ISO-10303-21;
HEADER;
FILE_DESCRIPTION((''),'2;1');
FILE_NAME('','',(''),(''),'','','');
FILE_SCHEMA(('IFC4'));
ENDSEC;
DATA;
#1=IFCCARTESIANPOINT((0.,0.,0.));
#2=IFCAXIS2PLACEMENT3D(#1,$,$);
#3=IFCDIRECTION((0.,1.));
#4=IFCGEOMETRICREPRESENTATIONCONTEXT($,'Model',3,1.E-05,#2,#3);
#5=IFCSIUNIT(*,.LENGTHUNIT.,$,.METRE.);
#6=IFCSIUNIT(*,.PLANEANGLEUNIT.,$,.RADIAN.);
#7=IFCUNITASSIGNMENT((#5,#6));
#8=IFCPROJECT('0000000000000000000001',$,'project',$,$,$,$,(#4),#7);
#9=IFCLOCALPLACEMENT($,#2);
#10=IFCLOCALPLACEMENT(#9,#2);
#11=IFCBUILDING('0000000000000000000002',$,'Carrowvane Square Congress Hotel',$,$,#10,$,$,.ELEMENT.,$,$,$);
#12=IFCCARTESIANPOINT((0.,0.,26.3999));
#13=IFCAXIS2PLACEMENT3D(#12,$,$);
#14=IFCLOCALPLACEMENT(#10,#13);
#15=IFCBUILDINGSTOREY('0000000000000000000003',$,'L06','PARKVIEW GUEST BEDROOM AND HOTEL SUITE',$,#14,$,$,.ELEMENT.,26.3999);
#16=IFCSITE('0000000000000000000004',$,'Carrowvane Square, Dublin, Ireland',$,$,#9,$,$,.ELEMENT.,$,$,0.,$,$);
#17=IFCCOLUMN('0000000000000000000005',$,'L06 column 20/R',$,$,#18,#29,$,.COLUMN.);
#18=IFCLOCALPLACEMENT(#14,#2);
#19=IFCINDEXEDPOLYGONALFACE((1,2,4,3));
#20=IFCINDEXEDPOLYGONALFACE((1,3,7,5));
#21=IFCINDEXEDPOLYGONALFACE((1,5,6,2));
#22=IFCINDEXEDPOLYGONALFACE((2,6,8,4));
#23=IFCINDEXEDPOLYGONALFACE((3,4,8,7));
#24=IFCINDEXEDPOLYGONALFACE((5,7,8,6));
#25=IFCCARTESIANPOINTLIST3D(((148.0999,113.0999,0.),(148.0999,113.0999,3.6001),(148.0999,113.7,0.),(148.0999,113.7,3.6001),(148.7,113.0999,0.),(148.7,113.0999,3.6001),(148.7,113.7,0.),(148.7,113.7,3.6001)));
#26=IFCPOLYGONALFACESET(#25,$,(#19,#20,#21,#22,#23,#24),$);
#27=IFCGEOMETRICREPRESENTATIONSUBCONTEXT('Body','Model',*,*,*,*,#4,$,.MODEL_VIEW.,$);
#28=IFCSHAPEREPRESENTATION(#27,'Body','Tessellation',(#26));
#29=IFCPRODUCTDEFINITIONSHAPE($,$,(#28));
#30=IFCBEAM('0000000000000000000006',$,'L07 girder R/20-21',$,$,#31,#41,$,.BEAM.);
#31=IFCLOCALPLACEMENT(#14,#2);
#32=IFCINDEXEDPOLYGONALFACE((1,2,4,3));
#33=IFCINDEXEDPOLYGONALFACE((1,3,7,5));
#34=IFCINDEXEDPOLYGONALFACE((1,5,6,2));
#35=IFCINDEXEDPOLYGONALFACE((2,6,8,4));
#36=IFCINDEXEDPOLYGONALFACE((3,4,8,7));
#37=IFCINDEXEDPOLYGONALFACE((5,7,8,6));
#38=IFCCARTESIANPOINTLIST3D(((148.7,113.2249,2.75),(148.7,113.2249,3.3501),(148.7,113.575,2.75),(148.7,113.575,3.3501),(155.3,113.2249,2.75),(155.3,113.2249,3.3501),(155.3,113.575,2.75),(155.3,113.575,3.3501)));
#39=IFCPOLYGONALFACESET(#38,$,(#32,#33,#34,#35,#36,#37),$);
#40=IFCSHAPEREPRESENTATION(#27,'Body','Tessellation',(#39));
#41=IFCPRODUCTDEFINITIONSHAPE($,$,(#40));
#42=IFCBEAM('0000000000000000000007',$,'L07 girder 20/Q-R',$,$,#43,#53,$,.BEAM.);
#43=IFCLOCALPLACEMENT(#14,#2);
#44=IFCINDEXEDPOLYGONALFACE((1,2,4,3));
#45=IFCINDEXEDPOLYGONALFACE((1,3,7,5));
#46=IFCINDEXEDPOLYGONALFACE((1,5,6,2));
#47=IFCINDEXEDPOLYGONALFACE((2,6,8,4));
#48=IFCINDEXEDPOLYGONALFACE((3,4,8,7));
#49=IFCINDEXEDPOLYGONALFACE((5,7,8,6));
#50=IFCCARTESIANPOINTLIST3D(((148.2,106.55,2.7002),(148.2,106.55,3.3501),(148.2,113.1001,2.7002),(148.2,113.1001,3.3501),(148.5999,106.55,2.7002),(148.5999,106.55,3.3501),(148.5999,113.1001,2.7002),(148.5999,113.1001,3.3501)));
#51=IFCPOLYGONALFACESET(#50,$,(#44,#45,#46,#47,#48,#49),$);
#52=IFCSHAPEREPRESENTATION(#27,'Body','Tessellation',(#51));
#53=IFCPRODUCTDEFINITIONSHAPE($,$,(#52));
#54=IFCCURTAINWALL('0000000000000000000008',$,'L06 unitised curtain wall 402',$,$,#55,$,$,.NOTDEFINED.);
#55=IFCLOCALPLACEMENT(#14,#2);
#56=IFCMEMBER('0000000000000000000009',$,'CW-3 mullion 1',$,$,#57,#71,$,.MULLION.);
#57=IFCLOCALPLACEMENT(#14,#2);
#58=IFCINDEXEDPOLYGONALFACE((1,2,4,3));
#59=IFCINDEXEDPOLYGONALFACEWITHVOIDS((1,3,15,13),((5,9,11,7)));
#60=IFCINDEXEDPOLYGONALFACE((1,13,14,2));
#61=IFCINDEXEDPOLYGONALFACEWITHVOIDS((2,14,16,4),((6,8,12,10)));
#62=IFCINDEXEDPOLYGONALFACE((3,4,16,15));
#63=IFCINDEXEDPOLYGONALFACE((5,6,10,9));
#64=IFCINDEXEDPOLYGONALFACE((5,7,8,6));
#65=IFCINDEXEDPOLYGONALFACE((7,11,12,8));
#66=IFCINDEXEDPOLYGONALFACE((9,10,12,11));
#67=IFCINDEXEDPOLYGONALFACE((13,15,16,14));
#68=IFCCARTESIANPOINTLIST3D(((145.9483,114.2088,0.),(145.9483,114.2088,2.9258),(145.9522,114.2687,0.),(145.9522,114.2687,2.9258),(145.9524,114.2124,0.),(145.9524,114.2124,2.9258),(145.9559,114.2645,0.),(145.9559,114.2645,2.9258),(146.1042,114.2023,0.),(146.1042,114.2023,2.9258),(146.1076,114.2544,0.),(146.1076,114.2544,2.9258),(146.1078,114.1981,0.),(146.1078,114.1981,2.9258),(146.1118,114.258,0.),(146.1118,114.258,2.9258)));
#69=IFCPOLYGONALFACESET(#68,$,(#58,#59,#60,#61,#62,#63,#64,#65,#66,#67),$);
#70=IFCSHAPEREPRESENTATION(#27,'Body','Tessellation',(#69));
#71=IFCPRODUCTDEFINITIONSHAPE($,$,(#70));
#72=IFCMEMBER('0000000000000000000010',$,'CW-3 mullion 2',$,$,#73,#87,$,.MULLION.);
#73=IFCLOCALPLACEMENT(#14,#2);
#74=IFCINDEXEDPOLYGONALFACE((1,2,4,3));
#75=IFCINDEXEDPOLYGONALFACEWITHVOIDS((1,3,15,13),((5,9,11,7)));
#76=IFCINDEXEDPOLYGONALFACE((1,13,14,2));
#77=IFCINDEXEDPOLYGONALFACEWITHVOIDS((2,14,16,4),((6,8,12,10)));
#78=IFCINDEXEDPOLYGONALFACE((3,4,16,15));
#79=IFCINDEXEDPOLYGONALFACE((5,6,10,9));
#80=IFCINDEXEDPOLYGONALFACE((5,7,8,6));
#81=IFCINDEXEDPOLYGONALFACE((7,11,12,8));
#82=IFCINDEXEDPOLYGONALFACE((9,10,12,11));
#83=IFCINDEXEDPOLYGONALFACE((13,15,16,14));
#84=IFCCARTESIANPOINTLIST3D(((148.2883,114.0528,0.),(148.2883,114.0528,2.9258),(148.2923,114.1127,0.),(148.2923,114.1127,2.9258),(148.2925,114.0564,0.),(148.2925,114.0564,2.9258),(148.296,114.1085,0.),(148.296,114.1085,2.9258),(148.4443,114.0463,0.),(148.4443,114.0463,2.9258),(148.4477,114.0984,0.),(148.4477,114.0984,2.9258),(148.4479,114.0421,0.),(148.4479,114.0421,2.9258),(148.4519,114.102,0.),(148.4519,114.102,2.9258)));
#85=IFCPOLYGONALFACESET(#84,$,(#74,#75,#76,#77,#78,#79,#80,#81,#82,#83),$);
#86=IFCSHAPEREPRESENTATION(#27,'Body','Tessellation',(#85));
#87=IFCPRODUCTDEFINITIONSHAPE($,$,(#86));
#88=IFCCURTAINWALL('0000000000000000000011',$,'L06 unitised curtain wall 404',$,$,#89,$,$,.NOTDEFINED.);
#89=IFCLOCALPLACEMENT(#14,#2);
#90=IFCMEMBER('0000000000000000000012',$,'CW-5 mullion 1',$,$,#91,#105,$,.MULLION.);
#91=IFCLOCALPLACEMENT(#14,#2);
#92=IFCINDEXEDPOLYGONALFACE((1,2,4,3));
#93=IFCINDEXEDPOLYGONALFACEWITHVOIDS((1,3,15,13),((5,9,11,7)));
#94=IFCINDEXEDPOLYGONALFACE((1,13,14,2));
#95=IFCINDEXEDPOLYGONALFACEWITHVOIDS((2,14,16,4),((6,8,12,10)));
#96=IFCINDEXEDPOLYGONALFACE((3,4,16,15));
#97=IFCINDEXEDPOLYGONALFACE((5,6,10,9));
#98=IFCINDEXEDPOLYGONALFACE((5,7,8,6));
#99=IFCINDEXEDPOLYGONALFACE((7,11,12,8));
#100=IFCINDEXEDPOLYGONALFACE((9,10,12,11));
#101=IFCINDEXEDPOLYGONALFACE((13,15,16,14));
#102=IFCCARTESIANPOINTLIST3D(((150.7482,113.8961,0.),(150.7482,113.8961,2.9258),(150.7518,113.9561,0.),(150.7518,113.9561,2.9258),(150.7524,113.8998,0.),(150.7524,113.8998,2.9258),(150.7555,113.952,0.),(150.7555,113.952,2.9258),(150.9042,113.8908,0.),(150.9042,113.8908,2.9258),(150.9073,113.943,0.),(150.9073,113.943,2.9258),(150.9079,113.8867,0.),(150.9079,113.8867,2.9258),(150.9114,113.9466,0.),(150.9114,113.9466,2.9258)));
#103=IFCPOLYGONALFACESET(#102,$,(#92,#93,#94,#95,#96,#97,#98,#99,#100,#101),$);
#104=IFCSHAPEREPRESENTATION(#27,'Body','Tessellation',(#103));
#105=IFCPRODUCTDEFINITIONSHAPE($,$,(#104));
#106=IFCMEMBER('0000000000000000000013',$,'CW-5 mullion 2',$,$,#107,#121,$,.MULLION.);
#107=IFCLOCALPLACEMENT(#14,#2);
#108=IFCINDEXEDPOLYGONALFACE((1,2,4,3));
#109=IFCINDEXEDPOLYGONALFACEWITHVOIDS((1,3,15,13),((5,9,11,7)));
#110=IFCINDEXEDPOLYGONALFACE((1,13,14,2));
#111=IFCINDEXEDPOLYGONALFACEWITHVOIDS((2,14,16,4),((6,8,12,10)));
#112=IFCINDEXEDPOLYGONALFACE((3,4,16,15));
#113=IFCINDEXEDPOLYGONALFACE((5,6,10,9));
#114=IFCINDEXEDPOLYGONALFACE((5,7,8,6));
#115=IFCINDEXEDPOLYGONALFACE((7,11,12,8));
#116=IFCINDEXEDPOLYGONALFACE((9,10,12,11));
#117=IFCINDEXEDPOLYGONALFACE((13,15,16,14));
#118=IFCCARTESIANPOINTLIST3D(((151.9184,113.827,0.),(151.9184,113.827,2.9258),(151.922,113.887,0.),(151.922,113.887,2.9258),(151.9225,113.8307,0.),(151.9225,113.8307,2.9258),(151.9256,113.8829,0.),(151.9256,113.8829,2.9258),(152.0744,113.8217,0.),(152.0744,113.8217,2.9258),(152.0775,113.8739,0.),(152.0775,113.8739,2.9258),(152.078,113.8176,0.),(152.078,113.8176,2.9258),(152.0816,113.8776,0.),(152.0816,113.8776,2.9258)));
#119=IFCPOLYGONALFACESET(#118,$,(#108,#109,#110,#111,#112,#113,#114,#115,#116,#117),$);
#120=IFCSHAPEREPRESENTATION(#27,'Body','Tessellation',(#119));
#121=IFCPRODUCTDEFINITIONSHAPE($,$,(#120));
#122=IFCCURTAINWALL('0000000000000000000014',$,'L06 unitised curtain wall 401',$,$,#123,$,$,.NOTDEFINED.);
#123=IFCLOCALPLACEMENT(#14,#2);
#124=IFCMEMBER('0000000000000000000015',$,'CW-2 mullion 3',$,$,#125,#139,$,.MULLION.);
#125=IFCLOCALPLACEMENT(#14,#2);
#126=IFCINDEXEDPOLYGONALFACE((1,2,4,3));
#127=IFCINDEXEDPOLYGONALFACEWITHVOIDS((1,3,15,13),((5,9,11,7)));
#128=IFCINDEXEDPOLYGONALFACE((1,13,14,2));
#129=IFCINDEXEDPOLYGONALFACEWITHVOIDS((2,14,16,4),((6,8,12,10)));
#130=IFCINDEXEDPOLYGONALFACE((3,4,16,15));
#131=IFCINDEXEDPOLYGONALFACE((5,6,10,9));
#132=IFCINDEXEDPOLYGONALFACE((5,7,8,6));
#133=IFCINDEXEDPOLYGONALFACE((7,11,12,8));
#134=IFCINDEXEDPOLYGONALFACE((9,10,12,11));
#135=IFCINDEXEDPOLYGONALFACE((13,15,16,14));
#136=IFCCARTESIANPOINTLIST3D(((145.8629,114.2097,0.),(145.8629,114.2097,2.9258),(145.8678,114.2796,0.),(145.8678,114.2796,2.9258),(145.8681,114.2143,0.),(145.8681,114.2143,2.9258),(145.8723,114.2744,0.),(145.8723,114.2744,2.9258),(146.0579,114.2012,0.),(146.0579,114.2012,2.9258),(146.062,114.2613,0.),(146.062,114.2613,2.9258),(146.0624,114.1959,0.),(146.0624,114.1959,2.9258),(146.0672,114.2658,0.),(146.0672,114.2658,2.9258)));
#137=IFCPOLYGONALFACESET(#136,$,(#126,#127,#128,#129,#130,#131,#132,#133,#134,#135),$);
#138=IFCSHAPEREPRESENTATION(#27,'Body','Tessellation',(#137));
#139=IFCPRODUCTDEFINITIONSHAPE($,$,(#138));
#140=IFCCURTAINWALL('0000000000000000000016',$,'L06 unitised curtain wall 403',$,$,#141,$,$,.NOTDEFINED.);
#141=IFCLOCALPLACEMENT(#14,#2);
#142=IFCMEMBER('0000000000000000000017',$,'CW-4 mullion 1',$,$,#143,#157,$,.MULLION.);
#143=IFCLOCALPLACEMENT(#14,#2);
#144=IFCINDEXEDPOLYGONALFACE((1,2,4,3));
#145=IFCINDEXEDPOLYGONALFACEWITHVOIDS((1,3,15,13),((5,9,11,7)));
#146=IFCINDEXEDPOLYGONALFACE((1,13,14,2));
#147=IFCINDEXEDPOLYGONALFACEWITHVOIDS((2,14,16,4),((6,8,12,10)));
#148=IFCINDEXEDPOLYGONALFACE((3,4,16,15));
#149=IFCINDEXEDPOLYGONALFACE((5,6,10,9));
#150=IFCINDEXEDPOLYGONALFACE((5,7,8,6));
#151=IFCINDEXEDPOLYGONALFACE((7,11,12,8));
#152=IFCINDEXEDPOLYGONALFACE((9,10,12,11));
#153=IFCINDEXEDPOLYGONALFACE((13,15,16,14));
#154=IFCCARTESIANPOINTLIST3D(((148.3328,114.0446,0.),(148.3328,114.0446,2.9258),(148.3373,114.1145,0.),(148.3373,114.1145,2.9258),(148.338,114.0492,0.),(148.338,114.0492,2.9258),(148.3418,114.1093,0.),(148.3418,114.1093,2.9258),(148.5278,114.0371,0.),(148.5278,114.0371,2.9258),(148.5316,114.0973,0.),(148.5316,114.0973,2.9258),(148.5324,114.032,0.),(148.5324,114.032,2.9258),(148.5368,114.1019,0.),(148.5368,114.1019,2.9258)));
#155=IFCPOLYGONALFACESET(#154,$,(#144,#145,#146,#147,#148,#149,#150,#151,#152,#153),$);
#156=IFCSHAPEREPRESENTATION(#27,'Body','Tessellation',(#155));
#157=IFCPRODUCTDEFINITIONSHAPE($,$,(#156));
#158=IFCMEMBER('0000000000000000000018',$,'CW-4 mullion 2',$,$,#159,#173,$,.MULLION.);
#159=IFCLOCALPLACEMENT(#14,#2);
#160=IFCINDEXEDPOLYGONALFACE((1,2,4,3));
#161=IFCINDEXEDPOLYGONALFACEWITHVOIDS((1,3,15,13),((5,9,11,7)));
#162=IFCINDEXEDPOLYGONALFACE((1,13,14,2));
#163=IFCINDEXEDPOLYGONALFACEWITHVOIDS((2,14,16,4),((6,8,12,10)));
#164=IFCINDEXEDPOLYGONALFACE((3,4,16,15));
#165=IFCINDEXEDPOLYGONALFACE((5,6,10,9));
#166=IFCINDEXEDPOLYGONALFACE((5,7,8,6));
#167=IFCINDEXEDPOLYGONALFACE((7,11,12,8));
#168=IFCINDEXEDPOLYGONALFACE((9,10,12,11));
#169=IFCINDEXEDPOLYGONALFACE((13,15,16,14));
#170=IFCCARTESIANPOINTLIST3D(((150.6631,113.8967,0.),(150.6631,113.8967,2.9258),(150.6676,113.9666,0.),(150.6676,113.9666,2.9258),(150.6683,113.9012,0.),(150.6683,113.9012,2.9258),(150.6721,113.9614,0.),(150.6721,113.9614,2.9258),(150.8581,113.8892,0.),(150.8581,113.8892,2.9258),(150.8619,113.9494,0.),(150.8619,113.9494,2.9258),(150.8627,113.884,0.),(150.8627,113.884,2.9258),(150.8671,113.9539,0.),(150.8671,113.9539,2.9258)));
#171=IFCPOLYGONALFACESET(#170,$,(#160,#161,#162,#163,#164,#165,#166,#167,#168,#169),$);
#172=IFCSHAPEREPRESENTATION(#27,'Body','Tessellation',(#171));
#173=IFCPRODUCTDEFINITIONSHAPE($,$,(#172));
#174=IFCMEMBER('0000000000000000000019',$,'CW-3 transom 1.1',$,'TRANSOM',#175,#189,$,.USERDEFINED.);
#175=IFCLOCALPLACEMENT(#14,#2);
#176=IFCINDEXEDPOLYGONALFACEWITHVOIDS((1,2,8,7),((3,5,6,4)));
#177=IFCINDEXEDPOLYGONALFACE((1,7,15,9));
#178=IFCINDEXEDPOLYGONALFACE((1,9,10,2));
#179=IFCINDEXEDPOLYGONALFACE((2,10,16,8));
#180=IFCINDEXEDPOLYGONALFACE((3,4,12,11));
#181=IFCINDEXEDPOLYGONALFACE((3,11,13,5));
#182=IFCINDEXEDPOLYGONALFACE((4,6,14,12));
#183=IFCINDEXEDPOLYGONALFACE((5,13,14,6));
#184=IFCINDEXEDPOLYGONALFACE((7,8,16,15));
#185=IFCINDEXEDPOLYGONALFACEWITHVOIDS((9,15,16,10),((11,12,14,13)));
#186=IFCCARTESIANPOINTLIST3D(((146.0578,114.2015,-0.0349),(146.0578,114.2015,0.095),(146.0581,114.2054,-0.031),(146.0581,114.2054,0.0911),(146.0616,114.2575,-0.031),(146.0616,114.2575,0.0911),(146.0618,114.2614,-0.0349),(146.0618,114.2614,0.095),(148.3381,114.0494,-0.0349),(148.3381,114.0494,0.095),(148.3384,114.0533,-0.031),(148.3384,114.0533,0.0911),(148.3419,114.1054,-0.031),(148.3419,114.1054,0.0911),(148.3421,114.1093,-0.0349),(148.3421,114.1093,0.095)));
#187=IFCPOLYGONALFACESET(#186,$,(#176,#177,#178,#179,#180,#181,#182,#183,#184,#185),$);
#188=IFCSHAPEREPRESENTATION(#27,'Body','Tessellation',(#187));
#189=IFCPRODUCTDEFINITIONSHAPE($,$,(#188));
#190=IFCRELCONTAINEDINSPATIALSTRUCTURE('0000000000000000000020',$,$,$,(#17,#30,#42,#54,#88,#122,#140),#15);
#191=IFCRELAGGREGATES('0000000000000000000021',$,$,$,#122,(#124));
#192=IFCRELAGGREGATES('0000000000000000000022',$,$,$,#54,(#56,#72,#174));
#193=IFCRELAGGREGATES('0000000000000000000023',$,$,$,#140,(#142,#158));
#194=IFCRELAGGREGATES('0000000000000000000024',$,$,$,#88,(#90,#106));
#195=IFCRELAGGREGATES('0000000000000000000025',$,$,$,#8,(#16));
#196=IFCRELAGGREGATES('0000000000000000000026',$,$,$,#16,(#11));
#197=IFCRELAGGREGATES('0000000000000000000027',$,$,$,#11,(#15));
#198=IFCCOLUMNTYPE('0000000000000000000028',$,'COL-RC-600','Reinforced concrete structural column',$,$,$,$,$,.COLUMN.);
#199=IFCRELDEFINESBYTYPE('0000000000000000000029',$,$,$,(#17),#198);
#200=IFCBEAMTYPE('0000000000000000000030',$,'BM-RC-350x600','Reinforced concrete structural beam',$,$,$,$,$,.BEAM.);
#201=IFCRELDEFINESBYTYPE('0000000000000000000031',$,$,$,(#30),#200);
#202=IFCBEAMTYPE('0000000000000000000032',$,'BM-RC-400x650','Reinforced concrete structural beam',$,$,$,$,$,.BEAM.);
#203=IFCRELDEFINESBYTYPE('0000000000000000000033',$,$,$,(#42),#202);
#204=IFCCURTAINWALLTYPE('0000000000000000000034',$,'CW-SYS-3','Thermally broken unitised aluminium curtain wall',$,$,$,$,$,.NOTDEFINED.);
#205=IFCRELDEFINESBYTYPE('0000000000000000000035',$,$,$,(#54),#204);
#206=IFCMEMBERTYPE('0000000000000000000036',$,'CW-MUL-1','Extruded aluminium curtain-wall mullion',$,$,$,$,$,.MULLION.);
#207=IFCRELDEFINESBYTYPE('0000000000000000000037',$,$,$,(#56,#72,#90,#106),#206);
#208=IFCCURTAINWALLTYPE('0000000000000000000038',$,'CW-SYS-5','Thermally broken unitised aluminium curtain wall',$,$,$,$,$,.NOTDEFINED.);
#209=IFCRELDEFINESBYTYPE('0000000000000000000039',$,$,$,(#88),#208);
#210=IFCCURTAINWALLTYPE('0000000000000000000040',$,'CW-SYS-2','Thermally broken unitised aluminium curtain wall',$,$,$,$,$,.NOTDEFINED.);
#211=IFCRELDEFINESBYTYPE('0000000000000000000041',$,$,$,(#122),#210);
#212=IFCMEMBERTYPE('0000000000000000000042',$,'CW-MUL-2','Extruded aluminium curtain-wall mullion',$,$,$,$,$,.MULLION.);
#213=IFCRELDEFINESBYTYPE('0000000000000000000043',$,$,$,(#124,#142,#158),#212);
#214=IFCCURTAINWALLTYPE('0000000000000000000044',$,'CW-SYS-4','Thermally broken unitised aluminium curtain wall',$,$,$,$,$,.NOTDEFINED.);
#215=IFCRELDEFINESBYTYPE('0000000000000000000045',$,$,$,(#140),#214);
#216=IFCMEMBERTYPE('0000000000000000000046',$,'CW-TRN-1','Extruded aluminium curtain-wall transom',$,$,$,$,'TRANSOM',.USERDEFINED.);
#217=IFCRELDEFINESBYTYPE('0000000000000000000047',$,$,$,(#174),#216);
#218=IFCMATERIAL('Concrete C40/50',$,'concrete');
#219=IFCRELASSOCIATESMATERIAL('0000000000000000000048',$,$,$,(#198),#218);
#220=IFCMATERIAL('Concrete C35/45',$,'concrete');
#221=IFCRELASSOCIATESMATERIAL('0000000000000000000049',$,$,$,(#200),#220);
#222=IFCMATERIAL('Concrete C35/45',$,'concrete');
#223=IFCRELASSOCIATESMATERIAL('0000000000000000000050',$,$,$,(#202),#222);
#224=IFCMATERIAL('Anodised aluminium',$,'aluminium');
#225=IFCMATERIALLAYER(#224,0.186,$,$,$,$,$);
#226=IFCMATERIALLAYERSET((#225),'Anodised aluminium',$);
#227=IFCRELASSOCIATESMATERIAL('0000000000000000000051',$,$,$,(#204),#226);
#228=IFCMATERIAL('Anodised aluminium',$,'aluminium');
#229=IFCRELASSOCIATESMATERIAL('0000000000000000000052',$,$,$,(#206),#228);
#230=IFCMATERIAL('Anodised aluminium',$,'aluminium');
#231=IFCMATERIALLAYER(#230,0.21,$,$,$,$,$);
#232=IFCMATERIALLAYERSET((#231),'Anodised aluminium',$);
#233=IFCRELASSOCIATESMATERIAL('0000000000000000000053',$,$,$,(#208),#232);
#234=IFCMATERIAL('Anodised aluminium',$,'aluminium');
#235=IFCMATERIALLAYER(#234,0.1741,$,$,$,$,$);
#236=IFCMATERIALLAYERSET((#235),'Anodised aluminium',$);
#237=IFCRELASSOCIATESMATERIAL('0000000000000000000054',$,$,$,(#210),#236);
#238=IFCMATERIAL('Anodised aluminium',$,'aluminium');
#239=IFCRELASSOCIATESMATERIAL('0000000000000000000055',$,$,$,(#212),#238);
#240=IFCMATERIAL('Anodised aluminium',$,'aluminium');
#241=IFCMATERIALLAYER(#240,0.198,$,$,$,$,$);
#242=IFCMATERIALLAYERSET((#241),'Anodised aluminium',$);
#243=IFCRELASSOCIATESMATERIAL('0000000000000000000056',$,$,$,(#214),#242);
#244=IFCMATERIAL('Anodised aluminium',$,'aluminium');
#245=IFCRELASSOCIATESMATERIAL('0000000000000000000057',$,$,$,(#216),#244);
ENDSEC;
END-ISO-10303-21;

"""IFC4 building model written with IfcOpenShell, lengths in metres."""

from ifc_helpers import new_model, si_unit, direction, frame, origin, origin_2d, place, context, subcontext, project, spatial, rectangle, hollow_rectangle, extrude, material, layer, layer_set, material_profile, profile_set, type_object, element, aggregate, save


model = new_model("IFC4")

# Units and contexts
model_context = context("Model", 3, precision=1e-05, world=origin(), true_north=direction((0.0, 1.0)))
body_context = subcontext(model_context, "Body", "Model", "MODEL_VIEW")
ifc_project = project(units=[si_unit("LENGTHUNIT", "METRE"), si_unit("PLANEANGLEUNIT", "RADIAN")], contexts=[model_context])

# Site, building, storey
site_placement = place(None, origin())
site = spatial("IfcSite", under=ifc_project, at=site_placement, Name="Carrowvane Square, Dublin, Ireland", CompositionType="ELEMENT", RefElevation=0.0)
building_placement = place(site_placement, origin())
building = spatial("IfcBuilding", under=site, at=building_placement, Name="Carrowvane Square Congress Hotel", CompositionType="ELEMENT")
storey_placement = place(building_placement, frame((0.0, 0.0, 26.3999)))
storey = spatial("IfcBuildingStorey", under=building, at=storey_placement, Name="L06", Description="PARKVIEW GUEST BEDROOM AND HOTEL SUITE", CompositionType="ELEMENT", Elevation=26.3999)

# Column
ifc_material_1 = material(Name="Concrete C40/50", Category="concrete")
ifc_material_profile_1 = material_profile(ifc_material_1, rectangle(XDim=0.6001, YDim=0.6001, at=origin_2d()), Name="RC 600x600")
ifc_profile_set_1 = profile_set([ifc_material_profile_1], Name="Concrete C40/50")
column_type = type_object("IfcColumnType", Name="COL-RC-600", Description="Reinforced concrete structural column", PredefinedType="COLUMN", material=ifc_profile_set_1)
column_placement = place(storey_placement, frame((148.3999, 113.3999, 0.0), z_axis=(0.0, 0.0, 1.0), x_axis=(1.0, 0.0, 0.0)))
element("IfcColumn", 1, at=column_placement, inside=storey, type_object=column_type, Name="L06 column 20/R", PredefinedType="COLUMN", context=body_context, shape_type="SweptSolid", body=[
    extrude(rectangle(XDim=0.6001, YDim=0.6001, at=origin_2d()), origin(), (0.0, 0.0, 1.0), 3.6001),
])

# Beams
ifc_material_2 = material(Name="Concrete C35/45", Category="concrete")
ifc_material_profile_2 = material_profile(ifc_material_2, rectangle(XDim=0.3501, YDim=0.6001, at=origin_2d()), Name="RC 350x600")
ifc_profile_set_2 = profile_set([ifc_material_profile_2], Name="Concrete C35/45")
beam_type_1 = type_object("IfcBeamType", Name="BM-RC-350x600", Description="Reinforced concrete structural beam", PredefinedType="BEAM", material=ifc_profile_set_2)
beam_1_placement = place(storey_placement, frame((148.7, 113.3999, 3.05), z_axis=(1.0, 0.0, 0.0), x_axis=(0.0, 1.0, 0.0)))
element("IfcBeam", 2, at=beam_1_placement, inside=storey, type_object=beam_type_1, Name="L07 girder R/20-21", PredefinedType="BEAM", context=body_context, shape_type="SweptSolid", body=[
    extrude(rectangle(XDim=0.3501, YDim=0.6001, at=origin_2d()), origin(), (0.0, 0.0, 1.0), 6.6001),
])
ifc_material_3 = material(Name="Concrete C35/45", Category="concrete")
ifc_material_profile_3 = material_profile(ifc_material_3, rectangle(XDim=0.3999, YDim=0.6499, at=origin_2d()), Name="RC 400x650")
ifc_profile_set_3 = profile_set([ifc_material_profile_3], Name="Concrete C35/45")
beam_type_2 = type_object("IfcBeamType", Name="BM-RC-400x650", Description="Reinforced concrete structural beam", PredefinedType="BEAM", material=ifc_profile_set_3)
beam_2_placement = place(storey_placement, frame((148.3999, 106.55, 3.0251), z_axis=(0.0, 1.0, 0.0), x_axis=(-1.0, 0.0, 0.0)))
element("IfcBeam", 3, at=beam_2_placement, inside=storey, type_object=beam_type_2, Name="L07 girder 20/Q-R", PredefinedType="BEAM", context=body_context, shape_type="SweptSolid", body=[
    extrude(rectangle(XDim=0.3999, YDim=0.6499, at=origin_2d()), origin(), (0.0, 0.0, 1.0), 6.55),
])

# Curtain walls, members
ifc_material_4 = material(Name="Anodised aluminium", Category="aluminium")
ifc_layer_1 = layer(ifc_material_4, 0.186)
ifc_layer_set_1 = layer_set([ifc_layer_1], Name="Anodised aluminium")
curtain_wall_type_1 = type_object("IfcCurtainWallType", Name="CW-SYS-3", Description="Thermally broken unitised aluminium curtain wall", PredefinedType="NOTDEFINED", material=ifc_layer_set_1)
curtain_wall_1_placement = place(storey_placement, origin())
curtain_wall_1 = element("IfcCurtainWall", 4, at=curtain_wall_1_placement, inside=storey, type_object=curtain_wall_type_1, Name="L06 unitised curtain wall 402", PredefinedType="NOTDEFINED")
ifc_material_5 = material(Name="Anodised aluminium", Category="aluminium")
ifc_material_profile_4 = material_profile(ifc_material_5, hollow_rectangle(XDim=0.0601, YDim=0.1599, WallThickness=0.0039, at=origin_2d()), Name="CW-ML 60x160x4")
ifc_profile_set_4 = profile_set([ifc_material_profile_4], Name="Anodised aluminium")
member_type_1 = type_object("IfcMemberType", Name="CW-MUL-1", Description="Extruded aluminium curtain-wall mullion", PredefinedType="MULLION", material=ifc_profile_set_4)
member_1_placement = place(storey_placement, frame((146.03, 114.2334, 0.0), z_axis=(0.0, 0.0, 1.0), x_axis=(0.066574, 0.997781, 0.0)))
member_1 = element("IfcMember", 5, at=member_1_placement, type_object=member_type_1, Name="CW-3 mullion 1", PredefinedType="MULLION", context=body_context, shape_type="SweptSolid", body=[
    extrude(hollow_rectangle(XDim=0.0601, YDim=0.1599, WallThickness=0.0039, at=origin_2d()), origin(), (0.0, 0.0, 1.0), 2.9258),
])
member_2_placement = place(storey_placement, frame((148.3701, 114.0774, 0.0), z_axis=(0.0, 0.0, 1.0), x_axis=(0.066574, 0.997781, 0.0)))
member_2 = element("IfcMember", 6, at=member_2_placement, type_object=member_type_1, Name="CW-3 mullion 2", PredefinedType="MULLION", context=body_context, shape_type="SweptSolid", body=[
    extrude(hollow_rectangle(XDim=0.0601, YDim=0.1599, WallThickness=0.0039, at=origin_2d()), origin(), (0.0, 0.0, 1.0), 2.9258),
])
ifc_material_6 = material(Name="Anodised aluminium", Category="aluminium")
ifc_layer_2 = layer(ifc_material_6, 0.21)
ifc_layer_set_2 = layer_set([ifc_layer_2], Name="Anodised aluminium")
curtain_wall_type_2 = type_object("IfcCurtainWallType", Name="CW-SYS-5", Description="Thermally broken unitised aluminium curtain wall", PredefinedType="NOTDEFINED", material=ifc_layer_set_2)
curtain_wall_2_placement = place(storey_placement, origin())
curtain_wall_2 = element("IfcCurtainWall", 7, at=curtain_wall_2_placement, inside=storey, type_object=curtain_wall_type_2, Name="L06 unitised curtain wall 404", PredefinedType="NOTDEFINED")
member_3_placement = place(storey_placement, frame((150.8298, 113.9214, 0.0), z_axis=(0.0, 0.0, 1.0), x_axis=(0.058989, 0.998259, 0.0)))
member_3 = element("IfcMember", 8, at=member_3_placement, type_object=member_type_1, Name="CW-5 mullion 1", PredefinedType="MULLION", context=body_context, shape_type="SweptSolid", body=[
    extrude(hollow_rectangle(XDim=0.0601, YDim=0.1599, WallThickness=0.0039, at=origin_2d()), origin(), (0.0, 0.0, 1.0), 2.9258),
])
member_4_placement = place(storey_placement, frame((152.0, 113.8523, 0.0), z_axis=(0.0, 0.0, 1.0), x_axis=(0.058989, 0.998259, 0.0)))
member_4 = element("IfcMember", 9, at=member_4_placement, type_object=member_type_1, Name="CW-5 mullion 2", PredefinedType="MULLION", context=body_context, shape_type="SweptSolid", body=[
    extrude(hollow_rectangle(XDim=0.0601, YDim=0.1599, WallThickness=0.0039, at=origin_2d()), origin(), (0.0, 0.0, 1.0), 2.9258),
])

# Curtain wall, member
ifc_material_7 = material(Name="Anodised aluminium", Category="aluminium")
ifc_layer_3 = layer(ifc_material_7, 0.1741)
ifc_layer_set_3 = layer_set([ifc_layer_3], Name="Anodised aluminium")
curtain_wall_type_3 = type_object("IfcCurtainWallType", Name="CW-SYS-2", Description="Thermally broken unitised aluminium curtain wall", PredefinedType="NOTDEFINED", material=ifc_layer_set_3)
curtain_wall_3_placement = place(storey_placement, origin())
curtain_wall_3 = element("IfcCurtainWall", 10, at=curtain_wall_3_placement, inside=storey, type_object=curtain_wall_type_3, Name="L06 unitised curtain wall 401", PredefinedType="NOTDEFINED")
ifc_material_8 = material(Name="Anodised aluminium", Category="aluminium")
ifc_material_profile_5 = material_profile(ifc_material_8, hollow_rectangle(XDim=0.0701, YDim=0.2, WallThickness=0.0049, at=origin_2d()), Name="CW-ML 70x200x5")
ifc_profile_set_5 = profile_set([ifc_material_profile_5], Name="Anodised aluminium")
member_type_2 = type_object("IfcMemberType", Name="CW-MUL-2", Description="Extruded aluminium curtain-wall mullion", PredefinedType="MULLION", material=ifc_profile_set_5)
member_5_placement = place(storey_placement, frame((145.9651, 114.2378, 0.0), z_axis=(0.0, 0.0, 1.0), x_axis=(0.068986, 0.997618, 0.0)))
member_5 = element("IfcMember", 11, at=member_5_placement, type_object=member_type_2, Name="CW-2 mullion 3", PredefinedType="MULLION", context=body_context, shape_type="SweptSolid", body=[
    extrude(hollow_rectangle(XDim=0.0701, YDim=0.2, WallThickness=0.0049, at=origin_2d()), origin(), (0.0, 0.0, 1.0), 2.9258),
])

# Curtain wall, members
ifc_material_9 = material(Name="Anodised aluminium", Category="aluminium")
ifc_layer_4 = layer(ifc_material_9, 0.198)
ifc_layer_set_4 = layer_set([ifc_layer_4], Name="Anodised aluminium")
curtain_wall_type_4 = type_object("IfcCurtainWallType", Name="CW-SYS-4", Description="Thermally broken unitised aluminium curtain wall", PredefinedType="NOTDEFINED", material=ifc_layer_set_4)
curtain_wall_4_placement = place(storey_placement, origin())
curtain_wall_4 = element("IfcCurtainWall", 12, at=curtain_wall_4_placement, inside=storey, type_object=curtain_wall_type_4, Name="L06 unitised curtain wall 403", PredefinedType="NOTDEFINED")
member_6_placement = place(storey_placement, frame((148.4348, 114.0732, 0.0), z_axis=(0.0, 0.0, 1.0), x_axis=(0.063273, 0.997996, 0.0)))
member_6 = element("IfcMember", 13, at=member_6_placement, type_object=member_type_2, Name="CW-4 mullion 1", PredefinedType="MULLION", context=body_context, shape_type="SweptSolid", body=[
    extrude(hollow_rectangle(XDim=0.0701, YDim=0.2, WallThickness=0.0049, at=origin_2d()), origin(), (0.0, 0.0, 1.0), 2.9258),
])
member_7_placement = place(storey_placement, frame((150.7651, 113.9253, 0.0), z_axis=(0.0, 0.0, 1.0), x_axis=(0.063273, 0.997996, 0.0)))
member_7 = element("IfcMember", 14, at=member_7_placement, type_object=member_type_2, Name="CW-4 mullion 2", PredefinedType="MULLION", context=body_context, shape_type="SweptSolid", body=[
    extrude(hollow_rectangle(XDim=0.0701, YDim=0.2, WallThickness=0.0049, at=origin_2d()), origin(), (0.0, 0.0, 1.0), 2.9258),
])

# Member
ifc_material_10 = material(Name="Anodised aluminium", Category="aluminium")
ifc_material_profile_6 = material_profile(ifc_material_10, hollow_rectangle(XDim=0.0601, YDim=0.1299, WallThickness=0.0039, at=origin_2d()), Name="CW-TR 60x130x4")
ifc_profile_set_6 = profile_set([ifc_material_profile_6], Name="Anodised aluminium")
member_type_3 = type_object("IfcMemberType", Name="CW-TRN-1", Description="Extruded aluminium curtain-wall transom", ElementType="TRANSOM", PredefinedType="USERDEFINED", material=ifc_profile_set_6)
member_8_placement = place(storey_placement, frame((146.0598, 114.2314, 0.03), z_axis=(0.997783, -0.066554, 0.0), x_axis=(0.066554, 0.997783, 0.0)))
member_8 = element("IfcMember", 15, at=member_8_placement, type_object=member_type_3, Name="CW-3 transom 1.1", ObjectType="TRANSOM", PredefinedType="USERDEFINED", context=body_context, shape_type="SweptSolid", body=[
    extrude(hollow_rectangle(XDim=0.0601, YDim=0.1299, WallThickness=0.0039, at=origin_2d()), origin(), (0.0, 0.0, 1.0), 2.2854),
])

aggregate(curtain_wall_3, [member_5])
aggregate(curtain_wall_1, [member_1, member_2, member_8])
aggregate(curtain_wall_4, [member_6, member_7])
aggregate(curtain_wall_2, [member_3, member_4])

save(model, "model.ifc")
